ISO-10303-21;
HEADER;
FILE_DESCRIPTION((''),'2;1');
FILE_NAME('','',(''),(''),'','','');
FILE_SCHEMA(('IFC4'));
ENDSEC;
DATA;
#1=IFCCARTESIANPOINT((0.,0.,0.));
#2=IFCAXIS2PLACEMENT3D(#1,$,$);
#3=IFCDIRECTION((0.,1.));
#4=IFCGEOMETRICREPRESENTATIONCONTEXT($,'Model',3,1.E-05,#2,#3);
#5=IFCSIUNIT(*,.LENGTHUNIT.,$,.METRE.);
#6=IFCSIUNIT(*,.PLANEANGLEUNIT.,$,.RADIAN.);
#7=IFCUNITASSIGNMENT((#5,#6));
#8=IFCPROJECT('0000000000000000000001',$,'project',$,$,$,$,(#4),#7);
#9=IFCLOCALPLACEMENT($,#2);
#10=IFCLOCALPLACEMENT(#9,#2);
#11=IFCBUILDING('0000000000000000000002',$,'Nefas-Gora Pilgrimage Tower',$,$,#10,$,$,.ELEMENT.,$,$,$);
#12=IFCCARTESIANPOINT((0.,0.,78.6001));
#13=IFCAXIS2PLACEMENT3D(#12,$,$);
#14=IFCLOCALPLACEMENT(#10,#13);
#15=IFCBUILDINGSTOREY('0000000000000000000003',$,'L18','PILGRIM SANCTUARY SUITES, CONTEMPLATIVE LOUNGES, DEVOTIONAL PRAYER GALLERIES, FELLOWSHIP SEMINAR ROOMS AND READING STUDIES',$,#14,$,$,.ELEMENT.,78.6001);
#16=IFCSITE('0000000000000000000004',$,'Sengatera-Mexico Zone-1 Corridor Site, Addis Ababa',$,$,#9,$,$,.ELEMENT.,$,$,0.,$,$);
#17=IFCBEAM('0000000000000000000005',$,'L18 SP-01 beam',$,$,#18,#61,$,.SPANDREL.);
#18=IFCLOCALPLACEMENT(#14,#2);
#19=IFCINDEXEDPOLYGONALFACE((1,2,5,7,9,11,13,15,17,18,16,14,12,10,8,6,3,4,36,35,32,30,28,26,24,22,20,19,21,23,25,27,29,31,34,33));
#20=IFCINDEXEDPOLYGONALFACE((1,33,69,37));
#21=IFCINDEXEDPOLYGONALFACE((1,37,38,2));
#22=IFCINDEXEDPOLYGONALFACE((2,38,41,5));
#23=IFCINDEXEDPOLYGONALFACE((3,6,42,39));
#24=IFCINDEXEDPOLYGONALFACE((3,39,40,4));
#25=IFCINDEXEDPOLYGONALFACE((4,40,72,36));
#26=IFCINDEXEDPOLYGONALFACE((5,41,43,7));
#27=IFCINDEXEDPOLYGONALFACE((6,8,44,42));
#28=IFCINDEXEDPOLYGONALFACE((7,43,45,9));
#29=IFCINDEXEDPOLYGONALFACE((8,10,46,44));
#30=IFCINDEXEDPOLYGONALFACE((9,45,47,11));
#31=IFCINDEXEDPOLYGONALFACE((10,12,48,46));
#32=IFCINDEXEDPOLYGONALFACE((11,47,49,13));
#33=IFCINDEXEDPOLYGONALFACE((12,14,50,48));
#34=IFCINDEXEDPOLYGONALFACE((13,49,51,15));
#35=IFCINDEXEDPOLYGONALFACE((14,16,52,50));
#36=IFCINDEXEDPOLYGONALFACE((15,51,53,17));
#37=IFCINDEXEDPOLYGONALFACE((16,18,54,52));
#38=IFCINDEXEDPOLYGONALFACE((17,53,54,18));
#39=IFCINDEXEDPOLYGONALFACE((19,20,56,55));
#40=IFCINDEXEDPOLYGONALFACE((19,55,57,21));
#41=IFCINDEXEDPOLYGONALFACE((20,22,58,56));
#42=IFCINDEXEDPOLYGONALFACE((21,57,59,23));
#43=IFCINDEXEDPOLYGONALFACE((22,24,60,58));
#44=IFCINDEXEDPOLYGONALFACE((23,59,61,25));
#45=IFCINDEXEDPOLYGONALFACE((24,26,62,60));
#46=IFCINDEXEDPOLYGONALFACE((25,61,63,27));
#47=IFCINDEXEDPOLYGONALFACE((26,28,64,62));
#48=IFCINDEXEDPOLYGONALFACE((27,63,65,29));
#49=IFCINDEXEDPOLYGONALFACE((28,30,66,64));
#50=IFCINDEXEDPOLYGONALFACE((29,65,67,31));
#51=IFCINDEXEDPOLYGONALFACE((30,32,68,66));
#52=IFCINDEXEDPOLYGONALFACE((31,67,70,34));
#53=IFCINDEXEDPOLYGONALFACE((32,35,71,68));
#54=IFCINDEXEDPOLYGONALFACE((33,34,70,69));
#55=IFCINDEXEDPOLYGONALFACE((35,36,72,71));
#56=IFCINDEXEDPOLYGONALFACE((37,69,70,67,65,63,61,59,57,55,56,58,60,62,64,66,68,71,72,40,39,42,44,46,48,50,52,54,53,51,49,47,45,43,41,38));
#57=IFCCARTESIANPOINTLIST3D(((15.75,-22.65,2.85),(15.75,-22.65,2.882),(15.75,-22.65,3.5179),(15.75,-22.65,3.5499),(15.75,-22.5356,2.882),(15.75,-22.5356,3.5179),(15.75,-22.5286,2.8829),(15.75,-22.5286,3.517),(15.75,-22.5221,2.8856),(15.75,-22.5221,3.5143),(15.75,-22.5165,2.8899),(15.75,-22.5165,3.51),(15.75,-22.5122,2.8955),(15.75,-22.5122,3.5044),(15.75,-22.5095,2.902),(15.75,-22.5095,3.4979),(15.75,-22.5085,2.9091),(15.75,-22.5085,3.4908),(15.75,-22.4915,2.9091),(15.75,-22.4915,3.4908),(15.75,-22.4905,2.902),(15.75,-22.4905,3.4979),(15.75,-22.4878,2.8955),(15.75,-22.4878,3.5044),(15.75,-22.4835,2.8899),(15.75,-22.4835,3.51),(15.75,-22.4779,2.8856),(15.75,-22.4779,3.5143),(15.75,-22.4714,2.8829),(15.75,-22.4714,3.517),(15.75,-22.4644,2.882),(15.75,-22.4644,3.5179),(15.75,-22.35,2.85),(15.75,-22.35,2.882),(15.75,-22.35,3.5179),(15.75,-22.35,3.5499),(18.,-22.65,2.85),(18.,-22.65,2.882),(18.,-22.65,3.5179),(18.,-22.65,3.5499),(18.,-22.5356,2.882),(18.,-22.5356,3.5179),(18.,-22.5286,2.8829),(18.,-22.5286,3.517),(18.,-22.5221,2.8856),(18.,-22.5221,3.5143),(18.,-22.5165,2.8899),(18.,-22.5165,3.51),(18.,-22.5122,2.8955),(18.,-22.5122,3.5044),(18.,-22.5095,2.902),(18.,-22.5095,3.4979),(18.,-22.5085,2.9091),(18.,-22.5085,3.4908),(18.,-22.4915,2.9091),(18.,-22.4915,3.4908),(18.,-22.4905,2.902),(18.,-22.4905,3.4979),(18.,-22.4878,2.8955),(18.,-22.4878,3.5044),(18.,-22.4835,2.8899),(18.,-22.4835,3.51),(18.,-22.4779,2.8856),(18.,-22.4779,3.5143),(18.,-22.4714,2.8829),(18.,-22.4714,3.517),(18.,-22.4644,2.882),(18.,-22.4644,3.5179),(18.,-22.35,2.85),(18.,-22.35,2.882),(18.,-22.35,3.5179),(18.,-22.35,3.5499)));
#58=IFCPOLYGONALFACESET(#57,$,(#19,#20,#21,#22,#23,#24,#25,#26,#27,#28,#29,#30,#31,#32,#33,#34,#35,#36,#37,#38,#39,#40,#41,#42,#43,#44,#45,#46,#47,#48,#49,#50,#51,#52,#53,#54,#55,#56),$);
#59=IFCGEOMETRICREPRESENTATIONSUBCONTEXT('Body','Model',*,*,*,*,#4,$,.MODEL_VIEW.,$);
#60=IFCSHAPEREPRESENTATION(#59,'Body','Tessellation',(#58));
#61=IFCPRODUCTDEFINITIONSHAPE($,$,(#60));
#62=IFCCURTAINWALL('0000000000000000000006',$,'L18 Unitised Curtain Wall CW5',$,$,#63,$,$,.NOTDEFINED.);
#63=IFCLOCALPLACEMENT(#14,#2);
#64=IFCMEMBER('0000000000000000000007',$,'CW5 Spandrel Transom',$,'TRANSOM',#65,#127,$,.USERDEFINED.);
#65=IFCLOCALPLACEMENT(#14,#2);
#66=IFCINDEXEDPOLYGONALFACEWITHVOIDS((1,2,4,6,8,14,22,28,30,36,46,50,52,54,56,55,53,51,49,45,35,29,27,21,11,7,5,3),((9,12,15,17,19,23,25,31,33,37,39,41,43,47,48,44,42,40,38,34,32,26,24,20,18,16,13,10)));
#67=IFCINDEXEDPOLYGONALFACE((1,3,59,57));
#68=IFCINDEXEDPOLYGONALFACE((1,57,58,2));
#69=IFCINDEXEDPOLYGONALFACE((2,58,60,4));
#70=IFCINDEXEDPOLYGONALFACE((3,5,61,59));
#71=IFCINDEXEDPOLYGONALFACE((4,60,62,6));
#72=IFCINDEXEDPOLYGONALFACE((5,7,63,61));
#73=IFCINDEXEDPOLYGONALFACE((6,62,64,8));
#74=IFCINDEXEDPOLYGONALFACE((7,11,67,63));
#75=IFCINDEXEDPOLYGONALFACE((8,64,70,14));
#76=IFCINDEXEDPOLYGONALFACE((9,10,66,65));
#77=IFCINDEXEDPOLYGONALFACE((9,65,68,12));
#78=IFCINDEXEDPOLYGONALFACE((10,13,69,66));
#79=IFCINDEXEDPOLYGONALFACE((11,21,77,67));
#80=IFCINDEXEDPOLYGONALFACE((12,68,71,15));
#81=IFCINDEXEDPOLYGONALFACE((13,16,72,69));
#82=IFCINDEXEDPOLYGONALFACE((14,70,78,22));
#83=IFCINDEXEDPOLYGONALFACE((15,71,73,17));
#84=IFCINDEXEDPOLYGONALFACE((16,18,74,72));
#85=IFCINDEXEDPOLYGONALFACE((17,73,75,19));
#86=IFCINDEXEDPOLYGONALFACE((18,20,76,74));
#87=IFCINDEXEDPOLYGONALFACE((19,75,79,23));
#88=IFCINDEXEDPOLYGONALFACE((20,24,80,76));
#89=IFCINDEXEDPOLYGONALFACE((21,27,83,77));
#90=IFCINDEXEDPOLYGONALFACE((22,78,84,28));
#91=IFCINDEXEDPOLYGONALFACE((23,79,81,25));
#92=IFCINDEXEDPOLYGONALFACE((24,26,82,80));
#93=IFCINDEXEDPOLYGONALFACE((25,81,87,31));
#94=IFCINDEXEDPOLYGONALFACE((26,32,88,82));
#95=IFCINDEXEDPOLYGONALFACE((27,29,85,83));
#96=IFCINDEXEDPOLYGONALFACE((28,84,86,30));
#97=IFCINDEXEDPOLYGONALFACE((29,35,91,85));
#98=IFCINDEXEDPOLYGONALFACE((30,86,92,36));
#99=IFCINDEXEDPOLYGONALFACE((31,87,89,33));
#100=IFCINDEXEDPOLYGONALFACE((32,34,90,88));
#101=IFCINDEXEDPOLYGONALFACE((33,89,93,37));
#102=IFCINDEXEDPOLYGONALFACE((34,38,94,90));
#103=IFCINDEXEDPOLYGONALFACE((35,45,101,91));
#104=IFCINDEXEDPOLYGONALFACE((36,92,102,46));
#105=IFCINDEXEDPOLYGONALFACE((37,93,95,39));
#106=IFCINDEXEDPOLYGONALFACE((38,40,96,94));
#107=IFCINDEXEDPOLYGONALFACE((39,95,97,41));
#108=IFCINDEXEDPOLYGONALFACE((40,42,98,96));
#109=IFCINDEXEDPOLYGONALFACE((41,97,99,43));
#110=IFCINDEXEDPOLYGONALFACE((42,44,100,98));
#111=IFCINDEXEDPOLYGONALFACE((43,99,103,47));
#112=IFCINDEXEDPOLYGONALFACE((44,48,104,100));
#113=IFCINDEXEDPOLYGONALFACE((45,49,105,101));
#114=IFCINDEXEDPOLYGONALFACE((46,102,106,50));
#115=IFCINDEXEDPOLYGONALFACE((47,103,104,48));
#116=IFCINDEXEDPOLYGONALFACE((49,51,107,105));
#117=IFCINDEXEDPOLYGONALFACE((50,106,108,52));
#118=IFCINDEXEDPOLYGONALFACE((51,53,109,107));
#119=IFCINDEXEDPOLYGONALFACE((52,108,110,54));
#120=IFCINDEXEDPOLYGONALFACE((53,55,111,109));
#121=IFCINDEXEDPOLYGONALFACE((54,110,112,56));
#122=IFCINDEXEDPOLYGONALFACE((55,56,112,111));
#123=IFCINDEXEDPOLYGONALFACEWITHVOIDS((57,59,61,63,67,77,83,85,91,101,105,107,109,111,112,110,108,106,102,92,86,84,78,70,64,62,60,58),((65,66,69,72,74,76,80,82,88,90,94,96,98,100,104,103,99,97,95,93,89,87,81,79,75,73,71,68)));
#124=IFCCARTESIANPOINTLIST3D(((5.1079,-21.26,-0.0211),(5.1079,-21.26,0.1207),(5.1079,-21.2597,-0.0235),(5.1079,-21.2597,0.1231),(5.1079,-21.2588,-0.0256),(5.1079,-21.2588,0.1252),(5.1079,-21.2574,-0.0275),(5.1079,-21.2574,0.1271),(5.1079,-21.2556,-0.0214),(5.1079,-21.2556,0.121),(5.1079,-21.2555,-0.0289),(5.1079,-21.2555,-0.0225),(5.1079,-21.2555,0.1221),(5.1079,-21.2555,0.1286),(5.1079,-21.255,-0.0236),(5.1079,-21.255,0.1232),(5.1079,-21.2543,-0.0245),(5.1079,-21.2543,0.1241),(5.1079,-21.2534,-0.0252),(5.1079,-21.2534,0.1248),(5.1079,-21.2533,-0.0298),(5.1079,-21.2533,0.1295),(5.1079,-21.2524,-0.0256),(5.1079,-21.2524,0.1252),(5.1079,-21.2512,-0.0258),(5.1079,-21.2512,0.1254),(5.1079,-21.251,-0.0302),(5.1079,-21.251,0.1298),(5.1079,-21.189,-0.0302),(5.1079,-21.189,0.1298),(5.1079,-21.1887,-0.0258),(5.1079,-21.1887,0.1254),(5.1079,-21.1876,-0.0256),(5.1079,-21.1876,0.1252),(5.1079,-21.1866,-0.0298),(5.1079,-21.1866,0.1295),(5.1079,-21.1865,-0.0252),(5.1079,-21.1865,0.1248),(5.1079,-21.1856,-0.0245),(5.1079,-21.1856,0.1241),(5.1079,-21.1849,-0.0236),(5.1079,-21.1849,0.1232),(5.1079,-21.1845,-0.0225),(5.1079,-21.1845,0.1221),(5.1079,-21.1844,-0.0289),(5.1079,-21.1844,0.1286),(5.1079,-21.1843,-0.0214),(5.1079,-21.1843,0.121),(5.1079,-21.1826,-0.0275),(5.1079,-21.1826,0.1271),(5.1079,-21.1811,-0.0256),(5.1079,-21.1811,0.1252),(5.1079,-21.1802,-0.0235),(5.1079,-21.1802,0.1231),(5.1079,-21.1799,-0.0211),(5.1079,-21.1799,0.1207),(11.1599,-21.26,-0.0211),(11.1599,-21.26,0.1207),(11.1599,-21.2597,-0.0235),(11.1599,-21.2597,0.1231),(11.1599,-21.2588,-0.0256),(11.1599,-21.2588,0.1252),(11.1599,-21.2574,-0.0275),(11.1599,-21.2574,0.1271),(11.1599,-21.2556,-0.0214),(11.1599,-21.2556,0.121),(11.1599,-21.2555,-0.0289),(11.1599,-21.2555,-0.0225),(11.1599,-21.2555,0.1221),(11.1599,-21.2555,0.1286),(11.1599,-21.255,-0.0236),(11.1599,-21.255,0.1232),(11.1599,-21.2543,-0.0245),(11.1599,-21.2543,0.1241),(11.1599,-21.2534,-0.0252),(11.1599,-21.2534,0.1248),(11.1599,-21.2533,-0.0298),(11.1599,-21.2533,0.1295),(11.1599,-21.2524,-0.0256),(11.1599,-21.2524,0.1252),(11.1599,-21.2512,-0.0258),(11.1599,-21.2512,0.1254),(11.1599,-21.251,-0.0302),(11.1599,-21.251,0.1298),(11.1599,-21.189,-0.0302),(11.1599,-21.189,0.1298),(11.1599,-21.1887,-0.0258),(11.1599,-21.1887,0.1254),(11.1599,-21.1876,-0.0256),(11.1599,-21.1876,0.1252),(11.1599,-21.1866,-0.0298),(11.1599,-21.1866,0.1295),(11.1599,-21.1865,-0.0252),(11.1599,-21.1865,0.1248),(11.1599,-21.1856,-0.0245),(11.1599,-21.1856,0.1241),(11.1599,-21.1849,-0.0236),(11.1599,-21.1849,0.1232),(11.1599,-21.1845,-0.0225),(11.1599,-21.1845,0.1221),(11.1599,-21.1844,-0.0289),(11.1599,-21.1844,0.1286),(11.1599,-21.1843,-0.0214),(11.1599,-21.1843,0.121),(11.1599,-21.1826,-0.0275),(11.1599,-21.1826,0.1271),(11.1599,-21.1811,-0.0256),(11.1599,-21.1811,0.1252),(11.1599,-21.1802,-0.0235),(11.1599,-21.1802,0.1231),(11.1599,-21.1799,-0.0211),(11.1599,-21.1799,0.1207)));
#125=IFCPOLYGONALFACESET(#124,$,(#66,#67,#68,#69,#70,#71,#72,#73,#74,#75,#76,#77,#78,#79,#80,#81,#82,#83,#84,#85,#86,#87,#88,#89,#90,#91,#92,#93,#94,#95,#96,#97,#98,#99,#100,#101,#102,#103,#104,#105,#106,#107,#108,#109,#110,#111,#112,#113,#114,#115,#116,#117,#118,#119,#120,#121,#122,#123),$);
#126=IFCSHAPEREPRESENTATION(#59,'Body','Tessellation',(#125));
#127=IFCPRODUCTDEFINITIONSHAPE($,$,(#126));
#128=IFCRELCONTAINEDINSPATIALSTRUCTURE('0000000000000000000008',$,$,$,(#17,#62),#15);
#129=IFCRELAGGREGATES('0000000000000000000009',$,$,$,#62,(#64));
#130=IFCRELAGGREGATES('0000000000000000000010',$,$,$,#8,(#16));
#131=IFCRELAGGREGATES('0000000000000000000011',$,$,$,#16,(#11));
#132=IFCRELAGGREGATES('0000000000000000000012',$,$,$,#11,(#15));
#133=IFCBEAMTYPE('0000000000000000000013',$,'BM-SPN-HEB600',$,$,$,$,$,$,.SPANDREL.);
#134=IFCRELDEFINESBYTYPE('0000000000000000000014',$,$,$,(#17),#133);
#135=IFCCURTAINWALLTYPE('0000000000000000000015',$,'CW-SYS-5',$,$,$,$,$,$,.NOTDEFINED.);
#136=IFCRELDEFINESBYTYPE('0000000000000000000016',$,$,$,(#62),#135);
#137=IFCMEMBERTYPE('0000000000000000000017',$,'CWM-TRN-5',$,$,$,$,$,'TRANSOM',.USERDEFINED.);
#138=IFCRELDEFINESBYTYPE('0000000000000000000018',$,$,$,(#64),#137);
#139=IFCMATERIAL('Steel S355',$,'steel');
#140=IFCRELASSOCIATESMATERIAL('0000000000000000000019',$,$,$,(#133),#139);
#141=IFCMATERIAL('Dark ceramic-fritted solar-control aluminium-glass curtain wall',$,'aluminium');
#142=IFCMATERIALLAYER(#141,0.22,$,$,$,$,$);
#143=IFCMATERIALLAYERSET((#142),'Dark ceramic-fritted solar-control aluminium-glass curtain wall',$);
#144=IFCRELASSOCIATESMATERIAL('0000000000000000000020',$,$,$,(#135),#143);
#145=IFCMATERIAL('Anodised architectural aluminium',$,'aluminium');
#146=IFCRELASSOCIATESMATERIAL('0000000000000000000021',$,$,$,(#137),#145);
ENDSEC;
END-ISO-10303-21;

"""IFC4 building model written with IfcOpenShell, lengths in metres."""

from ifc_helpers import new_model, si_unit, direction, frame, origin, origin_2d, place, context, subcontext, project, spatial, hollow_rectangle, i_section, extrude, source, transform, mapped, material, layer, layer_set, material_profile, profile_set, type_object, element, aggregate, save


model = new_model("IFC4")

# Units and contexts
model_context = context("Model", 3, precision=1e-05, world=origin(), true_north=direction((0.0, 1.0)))
body_context = subcontext(model_context, "Body", "Model", "MODEL_VIEW")
ifc_project = project(units=[si_unit("LENGTHUNIT", "METRE"), si_unit("PLANEANGLEUNIT", "RADIAN")], contexts=[model_context])

# Site, building, storey
site_placement = place(None, origin())
site = spatial("IfcSite", under=ifc_project, at=site_placement, Name="Sengatera-Mexico Zone-1 Corridor Site, Addis Ababa", CompositionType="ELEMENT", RefElevation=0.0)
building_placement = place(site_placement, origin())
building = spatial("IfcBuilding", under=site, at=building_placement, Name="Nefas-Gora Pilgrimage Tower", CompositionType="ELEMENT")
storey_placement = place(building_placement, frame((0.0, 0.0, 78.6001)))
storey = spatial("IfcBuildingStorey", under=building, at=storey_placement, Name="L18", Description="PILGRIM SANCTUARY SUITES, CONTEMPLATIVE LOUNGES, DEVOTIONAL PRAYER GALLERIES, FELLOWSHIP SEMINAR ROOMS AND READING STUDIES", CompositionType="ELEMENT", Elevation=78.6001)

# Beam
ifc_material_1 = material(Name="Steel S355", Category="steel")
ifc_material_profile_1 = material_profile(ifc_material_1, i_section(OverallWidth=0.3, OverallDepth=0.7, WebThickness=0.0171, FlangeThickness=0.032, FilletRadius=0.0271, at=origin_2d()), Name="HEB 700")
ifc_profile_set_1 = profile_set([ifc_material_profile_1], Name="Steel S355")
beam_type_1 = type_object("IfcBeamType", Name="BM-SPN-HEB600", PredefinedType="SPANDREL", material=ifc_profile_set_1)
shared_shape_1 = source(origin(), body_context, "Body", "SweptSolid", [
    extrude(i_section(OverallWidth=0.3, OverallDepth=0.7, WebThickness=0.0171, FlangeThickness=0.032, FilletRadius=0.0271, at=origin_2d()), origin(), (0.0, 0.0, 1.0), 2.25),
])
for number, where, z_axis, x_axis, name in (
    (1, (15.75, -22.5, 3.2), (1.0, 0.0, 0.0), (0.0, 1.0, 0.0), "L18 SP-01 beam"),
):
    element("IfcBeam", number, at=place(storey_placement, frame(where, z_axis=z_axis, x_axis=x_axis)), inside=storey, type_object=beam_type_1, Name=name, PredefinedType="SPANDREL", context=body_context, shape_type="MappedRepresentation", body=[
        mapped(shared_shape_1, transform((0.0, 0.0, 0.0), x_axis=(1.0, 0.0, 0.0), y_axis=(0.0, 1.0, 0.0), z_axis=(0.0, 0.0, 1.0), scale=1.0)),
    ])

# Curtain wall, member
ifc_material_2 = material(Name="Dark ceramic-fritted solar-control aluminium-glass curtain wall", Category="aluminium")
ifc_layer_1 = layer(ifc_material_2, 0.22)
ifc_layer_set_1 = layer_set([ifc_layer_1], Name="Dark ceramic-fritted solar-control aluminium-glass curtain wall")
curtain_wall_type_1 = type_object("IfcCurtainWallType", Name="CW-SYS-5", PredefinedType="NOTDEFINED", material=ifc_layer_set_1)
curtain_wall_1_placement = place(storey_placement, origin())
curtain_wall_1 = element("IfcCurtainWall", 2, at=curtain_wall_1_placement, inside=storey, type_object=curtain_wall_type_1, Name="L18 Unitised Curtain Wall CW5", PredefinedType="NOTDEFINED")
ifc_material_3 = material(Name="Anodised architectural aluminium", Category="aluminium")
ifc_material_profile_2 = material_profile(ifc_material_3, hollow_rectangle(XDim=0.0801, YDim=0.1599, WallThickness=0.0044, InnerFilletRadius=0.0044, OuterFilletRadius=0.009, at=origin_2d()), Name="ALU TRANSOM 80x160")
ifc_profile_set_2 = profile_set([ifc_material_profile_2], Name="Anodised architectural aluminium")
member_type_1 = type_object("IfcMemberType", Name="CWM-TRN-5", ElementType="TRANSOM", PredefinedType="USERDEFINED", material=ifc_profile_set_2)
shared_shape_2 = source(origin(), body_context, "Body", "SweptSolid", [
    extrude(hollow_rectangle(XDim=0.0801, YDim=0.1599, WallThickness=0.0044, InnerFilletRadius=0.0044, OuterFilletRadius=0.009, at=origin_2d()), origin(), (0.0, 0.0, 1.0), 6.052),
])
member_1_placement = place(storey_placement, frame((5.1079, -21.22, 0.0498), z_axis=(1.0, 0.0, 0.0), x_axis=(0.0, 1.0, 0.0)))
member_1 = element("IfcMember", 3, at=member_1_placement, type_object=member_type_1, Name="CW5 Spandrel Transom", ObjectType="TRANSOM", PredefinedType="USERDEFINED", context=body_context, shape_type="MappedRepresentation", body=[
    mapped(shared_shape_2, transform((0.0, 0.0, 0.0), x_axis=(1.0, 0.0, 0.0), y_axis=(0.0, 1.0, 0.0), z_axis=(0.0, 0.0, 1.0), scale=1.0)),
])

aggregate(curtain_wall_1, [member_1])

save(model, "model.ifc")
